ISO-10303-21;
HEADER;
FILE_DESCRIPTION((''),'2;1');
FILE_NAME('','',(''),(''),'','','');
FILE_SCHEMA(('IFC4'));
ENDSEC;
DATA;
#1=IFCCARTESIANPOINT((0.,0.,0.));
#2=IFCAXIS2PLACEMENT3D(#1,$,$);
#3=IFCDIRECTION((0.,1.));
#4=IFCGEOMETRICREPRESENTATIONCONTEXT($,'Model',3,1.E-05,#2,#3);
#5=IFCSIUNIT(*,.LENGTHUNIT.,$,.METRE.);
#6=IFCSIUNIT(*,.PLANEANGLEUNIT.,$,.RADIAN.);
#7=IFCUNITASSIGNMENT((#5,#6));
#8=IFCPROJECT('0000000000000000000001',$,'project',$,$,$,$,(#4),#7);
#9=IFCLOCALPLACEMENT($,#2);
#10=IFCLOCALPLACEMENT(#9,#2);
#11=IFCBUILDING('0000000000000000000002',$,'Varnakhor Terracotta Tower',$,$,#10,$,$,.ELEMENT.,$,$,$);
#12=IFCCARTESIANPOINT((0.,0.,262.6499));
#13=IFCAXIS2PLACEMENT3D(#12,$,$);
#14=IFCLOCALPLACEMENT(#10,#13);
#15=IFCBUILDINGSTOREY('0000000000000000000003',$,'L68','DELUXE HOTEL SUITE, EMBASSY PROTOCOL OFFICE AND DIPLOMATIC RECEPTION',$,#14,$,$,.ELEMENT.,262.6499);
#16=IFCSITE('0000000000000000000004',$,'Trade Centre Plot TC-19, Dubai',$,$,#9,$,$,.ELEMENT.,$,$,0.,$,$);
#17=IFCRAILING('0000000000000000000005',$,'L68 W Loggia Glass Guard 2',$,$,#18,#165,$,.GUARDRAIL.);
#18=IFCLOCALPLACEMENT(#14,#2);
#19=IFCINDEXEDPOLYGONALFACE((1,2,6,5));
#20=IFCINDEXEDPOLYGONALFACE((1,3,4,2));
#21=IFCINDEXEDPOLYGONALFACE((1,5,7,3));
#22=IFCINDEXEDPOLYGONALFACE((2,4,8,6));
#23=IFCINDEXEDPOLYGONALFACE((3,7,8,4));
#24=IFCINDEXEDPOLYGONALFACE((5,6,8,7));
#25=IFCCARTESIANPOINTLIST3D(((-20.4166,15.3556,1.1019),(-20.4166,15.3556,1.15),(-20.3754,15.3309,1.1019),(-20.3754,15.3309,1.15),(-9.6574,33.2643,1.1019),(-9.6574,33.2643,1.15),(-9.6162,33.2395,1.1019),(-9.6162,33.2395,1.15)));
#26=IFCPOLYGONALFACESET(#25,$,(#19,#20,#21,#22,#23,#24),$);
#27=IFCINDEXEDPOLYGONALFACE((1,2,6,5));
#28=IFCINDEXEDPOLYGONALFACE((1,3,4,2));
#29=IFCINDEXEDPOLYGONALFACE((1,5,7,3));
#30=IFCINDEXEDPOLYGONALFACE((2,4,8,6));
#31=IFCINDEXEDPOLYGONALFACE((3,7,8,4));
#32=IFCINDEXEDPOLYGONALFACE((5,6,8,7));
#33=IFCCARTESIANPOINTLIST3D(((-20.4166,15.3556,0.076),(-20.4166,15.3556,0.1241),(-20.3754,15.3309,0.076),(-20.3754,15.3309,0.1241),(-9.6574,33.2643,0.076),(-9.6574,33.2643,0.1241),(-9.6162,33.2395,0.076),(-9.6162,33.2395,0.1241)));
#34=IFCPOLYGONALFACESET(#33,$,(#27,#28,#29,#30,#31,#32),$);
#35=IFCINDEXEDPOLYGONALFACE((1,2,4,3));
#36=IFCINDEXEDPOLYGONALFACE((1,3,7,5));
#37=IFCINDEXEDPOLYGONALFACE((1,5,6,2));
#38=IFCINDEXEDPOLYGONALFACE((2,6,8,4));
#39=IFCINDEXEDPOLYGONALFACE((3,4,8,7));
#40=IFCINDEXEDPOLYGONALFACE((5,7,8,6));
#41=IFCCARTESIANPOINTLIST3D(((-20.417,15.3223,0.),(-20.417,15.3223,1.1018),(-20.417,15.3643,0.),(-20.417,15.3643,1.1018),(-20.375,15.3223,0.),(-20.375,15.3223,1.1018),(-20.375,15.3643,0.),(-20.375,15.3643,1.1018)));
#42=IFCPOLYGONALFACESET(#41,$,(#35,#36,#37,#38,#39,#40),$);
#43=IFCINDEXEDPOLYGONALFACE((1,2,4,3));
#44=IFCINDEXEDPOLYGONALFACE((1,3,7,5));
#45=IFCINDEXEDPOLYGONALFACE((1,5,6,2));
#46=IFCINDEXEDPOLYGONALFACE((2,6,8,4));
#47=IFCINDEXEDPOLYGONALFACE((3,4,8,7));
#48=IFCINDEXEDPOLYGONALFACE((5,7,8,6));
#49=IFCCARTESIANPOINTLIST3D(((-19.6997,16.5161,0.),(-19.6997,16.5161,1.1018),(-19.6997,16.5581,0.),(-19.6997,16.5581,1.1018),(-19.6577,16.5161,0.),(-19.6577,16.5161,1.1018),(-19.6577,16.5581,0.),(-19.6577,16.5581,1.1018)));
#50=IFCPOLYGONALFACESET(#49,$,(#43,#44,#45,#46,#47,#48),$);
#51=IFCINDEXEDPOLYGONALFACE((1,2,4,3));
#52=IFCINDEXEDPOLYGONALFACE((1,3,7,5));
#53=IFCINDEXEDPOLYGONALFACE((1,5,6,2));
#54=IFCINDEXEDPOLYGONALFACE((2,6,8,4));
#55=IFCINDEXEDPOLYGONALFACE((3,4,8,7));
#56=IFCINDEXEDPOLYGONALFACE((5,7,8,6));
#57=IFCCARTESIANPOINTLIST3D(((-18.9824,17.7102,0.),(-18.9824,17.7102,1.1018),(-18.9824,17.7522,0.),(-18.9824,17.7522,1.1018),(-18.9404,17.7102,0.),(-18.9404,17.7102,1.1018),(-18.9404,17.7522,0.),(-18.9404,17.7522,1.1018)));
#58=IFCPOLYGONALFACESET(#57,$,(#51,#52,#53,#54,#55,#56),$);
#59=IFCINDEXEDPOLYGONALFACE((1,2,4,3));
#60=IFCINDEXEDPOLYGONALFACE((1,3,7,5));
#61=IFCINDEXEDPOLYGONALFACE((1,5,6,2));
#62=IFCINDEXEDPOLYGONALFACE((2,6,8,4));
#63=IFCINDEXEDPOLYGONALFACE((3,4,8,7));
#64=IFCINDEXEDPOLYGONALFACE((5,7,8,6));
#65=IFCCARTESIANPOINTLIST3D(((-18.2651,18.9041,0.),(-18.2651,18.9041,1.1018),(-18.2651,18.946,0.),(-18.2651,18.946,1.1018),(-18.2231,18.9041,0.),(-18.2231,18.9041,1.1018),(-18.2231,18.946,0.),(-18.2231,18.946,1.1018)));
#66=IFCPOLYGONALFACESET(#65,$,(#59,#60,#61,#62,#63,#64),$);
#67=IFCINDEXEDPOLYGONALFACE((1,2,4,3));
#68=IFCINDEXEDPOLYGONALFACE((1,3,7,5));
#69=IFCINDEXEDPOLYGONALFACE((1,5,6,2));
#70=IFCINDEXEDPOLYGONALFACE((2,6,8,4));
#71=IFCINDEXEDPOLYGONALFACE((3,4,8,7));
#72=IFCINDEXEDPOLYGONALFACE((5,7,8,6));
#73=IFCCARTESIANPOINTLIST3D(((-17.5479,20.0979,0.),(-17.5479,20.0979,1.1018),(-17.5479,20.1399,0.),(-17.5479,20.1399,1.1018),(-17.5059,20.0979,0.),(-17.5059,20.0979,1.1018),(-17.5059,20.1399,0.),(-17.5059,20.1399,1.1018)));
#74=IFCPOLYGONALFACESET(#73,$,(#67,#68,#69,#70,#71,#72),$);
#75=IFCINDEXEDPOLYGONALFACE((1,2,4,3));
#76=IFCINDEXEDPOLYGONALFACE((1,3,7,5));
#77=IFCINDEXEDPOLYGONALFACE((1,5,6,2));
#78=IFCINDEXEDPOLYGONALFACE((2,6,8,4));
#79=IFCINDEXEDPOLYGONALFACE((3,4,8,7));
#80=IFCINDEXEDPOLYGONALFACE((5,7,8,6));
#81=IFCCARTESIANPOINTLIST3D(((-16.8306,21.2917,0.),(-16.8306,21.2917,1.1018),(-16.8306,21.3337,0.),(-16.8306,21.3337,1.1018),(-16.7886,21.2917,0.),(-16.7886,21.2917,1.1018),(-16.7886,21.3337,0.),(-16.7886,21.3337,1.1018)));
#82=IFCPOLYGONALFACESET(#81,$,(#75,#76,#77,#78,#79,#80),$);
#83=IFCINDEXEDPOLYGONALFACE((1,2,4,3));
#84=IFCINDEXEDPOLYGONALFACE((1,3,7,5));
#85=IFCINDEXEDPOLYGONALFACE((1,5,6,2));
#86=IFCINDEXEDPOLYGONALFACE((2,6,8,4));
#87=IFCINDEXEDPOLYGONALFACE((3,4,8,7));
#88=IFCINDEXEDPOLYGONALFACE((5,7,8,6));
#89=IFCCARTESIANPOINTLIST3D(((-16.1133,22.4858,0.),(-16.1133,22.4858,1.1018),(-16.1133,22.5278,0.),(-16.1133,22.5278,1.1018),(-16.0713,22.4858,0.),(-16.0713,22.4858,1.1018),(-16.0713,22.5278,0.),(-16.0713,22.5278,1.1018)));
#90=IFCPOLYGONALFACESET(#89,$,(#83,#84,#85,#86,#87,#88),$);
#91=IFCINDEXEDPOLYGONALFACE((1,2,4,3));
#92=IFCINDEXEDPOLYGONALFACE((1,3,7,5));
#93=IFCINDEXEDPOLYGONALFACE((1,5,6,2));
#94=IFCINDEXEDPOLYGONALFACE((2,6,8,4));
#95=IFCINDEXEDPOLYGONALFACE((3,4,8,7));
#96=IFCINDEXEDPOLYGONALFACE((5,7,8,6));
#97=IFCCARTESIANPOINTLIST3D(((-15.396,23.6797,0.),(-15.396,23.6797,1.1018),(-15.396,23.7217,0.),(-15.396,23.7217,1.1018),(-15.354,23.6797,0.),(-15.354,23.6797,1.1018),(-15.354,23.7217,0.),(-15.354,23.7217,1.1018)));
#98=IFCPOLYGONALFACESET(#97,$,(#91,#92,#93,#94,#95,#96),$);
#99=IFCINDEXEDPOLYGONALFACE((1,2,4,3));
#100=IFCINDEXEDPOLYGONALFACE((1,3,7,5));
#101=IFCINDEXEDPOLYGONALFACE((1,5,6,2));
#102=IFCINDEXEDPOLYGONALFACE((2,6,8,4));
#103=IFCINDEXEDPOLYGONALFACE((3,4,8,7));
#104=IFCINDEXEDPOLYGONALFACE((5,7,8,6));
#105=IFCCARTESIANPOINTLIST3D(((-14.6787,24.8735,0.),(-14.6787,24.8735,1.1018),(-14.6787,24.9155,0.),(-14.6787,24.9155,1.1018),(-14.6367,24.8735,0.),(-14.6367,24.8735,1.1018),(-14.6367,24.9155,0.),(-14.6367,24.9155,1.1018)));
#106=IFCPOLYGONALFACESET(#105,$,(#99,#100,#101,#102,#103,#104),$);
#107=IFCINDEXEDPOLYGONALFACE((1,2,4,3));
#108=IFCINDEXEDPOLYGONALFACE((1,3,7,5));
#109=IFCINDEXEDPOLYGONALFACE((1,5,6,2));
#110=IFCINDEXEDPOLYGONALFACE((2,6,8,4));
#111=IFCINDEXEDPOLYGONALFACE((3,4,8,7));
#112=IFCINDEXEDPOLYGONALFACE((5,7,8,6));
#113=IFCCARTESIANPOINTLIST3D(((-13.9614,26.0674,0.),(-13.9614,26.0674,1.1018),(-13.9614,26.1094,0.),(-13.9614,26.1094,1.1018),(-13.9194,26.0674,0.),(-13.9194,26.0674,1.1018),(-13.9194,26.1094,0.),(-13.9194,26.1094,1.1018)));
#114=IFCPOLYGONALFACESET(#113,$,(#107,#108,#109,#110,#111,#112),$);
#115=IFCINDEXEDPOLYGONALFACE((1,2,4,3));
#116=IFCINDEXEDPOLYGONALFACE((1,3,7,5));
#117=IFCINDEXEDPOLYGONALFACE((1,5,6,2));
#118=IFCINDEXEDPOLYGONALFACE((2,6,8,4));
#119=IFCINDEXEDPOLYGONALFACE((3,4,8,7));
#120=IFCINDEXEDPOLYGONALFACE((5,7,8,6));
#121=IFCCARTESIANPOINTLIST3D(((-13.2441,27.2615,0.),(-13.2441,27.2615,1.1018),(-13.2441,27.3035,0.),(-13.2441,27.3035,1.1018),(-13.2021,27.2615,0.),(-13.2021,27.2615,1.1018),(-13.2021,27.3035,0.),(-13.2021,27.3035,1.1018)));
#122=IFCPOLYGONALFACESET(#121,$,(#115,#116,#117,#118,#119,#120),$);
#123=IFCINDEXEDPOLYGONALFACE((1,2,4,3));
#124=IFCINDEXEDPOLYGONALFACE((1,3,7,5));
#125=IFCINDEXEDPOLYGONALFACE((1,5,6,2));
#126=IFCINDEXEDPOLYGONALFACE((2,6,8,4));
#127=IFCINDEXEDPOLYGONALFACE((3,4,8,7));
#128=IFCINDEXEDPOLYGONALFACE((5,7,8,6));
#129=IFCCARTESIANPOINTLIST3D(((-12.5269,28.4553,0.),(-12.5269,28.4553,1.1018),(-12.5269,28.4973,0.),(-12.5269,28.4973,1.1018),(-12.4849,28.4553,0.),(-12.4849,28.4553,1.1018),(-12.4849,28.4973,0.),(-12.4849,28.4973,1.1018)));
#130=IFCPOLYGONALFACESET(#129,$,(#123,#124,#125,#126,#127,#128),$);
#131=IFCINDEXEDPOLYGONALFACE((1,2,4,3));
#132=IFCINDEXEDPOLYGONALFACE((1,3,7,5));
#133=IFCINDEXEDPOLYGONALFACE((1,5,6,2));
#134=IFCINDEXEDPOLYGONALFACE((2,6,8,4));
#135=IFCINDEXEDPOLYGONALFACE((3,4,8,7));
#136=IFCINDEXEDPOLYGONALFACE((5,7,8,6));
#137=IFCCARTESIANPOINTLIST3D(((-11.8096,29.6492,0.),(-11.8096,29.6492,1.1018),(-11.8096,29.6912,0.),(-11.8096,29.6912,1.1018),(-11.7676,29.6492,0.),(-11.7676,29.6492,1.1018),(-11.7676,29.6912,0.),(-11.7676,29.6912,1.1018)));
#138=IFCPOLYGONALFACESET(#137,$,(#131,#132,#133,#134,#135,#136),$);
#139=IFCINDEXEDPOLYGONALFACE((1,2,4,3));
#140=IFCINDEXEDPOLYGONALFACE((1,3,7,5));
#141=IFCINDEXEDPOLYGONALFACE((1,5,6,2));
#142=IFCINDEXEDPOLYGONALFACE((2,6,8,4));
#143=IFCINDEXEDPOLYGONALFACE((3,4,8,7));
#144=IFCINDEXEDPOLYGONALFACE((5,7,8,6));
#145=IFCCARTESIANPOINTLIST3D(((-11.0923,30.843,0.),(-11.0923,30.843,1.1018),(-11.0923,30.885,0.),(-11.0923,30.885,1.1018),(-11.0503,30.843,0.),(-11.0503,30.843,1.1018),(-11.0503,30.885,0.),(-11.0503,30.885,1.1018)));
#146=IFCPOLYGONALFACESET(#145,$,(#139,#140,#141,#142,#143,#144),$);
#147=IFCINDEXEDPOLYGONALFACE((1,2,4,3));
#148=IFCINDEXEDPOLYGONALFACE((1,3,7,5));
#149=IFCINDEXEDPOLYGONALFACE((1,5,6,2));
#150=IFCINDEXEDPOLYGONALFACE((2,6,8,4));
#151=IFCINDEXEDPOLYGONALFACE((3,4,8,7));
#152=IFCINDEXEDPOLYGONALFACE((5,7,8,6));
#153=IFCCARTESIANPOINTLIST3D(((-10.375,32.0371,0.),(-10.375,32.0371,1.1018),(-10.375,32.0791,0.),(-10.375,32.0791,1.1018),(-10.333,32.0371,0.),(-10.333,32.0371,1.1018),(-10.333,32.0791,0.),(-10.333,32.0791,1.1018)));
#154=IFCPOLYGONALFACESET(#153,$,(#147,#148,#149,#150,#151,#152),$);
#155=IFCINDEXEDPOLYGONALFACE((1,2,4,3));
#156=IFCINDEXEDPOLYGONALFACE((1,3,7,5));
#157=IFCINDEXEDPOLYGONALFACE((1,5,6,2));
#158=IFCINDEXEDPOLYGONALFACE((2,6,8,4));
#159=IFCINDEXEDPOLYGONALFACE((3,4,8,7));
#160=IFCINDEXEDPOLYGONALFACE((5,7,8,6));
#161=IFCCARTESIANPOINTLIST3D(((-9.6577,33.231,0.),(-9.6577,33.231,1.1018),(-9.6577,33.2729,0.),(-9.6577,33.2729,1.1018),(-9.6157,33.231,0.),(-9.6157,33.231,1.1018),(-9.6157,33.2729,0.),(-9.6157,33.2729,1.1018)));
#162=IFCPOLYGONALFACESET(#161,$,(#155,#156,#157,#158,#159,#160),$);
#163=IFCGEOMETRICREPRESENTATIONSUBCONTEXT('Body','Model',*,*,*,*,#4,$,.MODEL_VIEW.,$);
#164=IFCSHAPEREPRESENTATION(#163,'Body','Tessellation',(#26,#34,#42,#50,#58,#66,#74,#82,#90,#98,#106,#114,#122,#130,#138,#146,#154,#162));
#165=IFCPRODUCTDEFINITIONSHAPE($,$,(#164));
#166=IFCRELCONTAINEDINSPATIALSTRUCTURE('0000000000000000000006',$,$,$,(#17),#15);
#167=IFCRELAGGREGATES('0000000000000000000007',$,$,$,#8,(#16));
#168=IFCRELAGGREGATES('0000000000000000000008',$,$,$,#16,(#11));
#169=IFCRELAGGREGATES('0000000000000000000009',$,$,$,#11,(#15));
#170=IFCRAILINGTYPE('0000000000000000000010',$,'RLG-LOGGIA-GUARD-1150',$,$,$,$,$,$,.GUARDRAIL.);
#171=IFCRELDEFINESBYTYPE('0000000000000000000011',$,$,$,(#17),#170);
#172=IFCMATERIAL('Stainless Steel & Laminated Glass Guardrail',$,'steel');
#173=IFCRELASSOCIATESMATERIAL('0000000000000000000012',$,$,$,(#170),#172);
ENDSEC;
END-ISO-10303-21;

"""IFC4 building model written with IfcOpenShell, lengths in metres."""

from ifc_helpers import new_model, si_unit, direction, frame, origin, origin_2d, place, context, subcontext, project, spatial, rectangle, extrude, material, type_object, element, save


model = new_model("IFC4")

# Units and contexts
model_context = context("Model", 3, precision=1e-05, world=origin(), true_north=direction((0.0, 1.0)))
body_context = subcontext(model_context, "Body", "Model", "MODEL_VIEW")
ifc_project = project(units=[si_unit("LENGTHUNIT", "METRE"), si_unit("PLANEANGLEUNIT", "RADIAN")], contexts=[model_context])

# Site, building, storey
site_placement = place(None, origin())
site = spatial("IfcSite", under=ifc_project, at=site_placement, Name="Trade Centre Plot TC-19, Dubai", CompositionType="ELEMENT", RefElevation=0.0)
building_placement = place(site_placement, origin())
building = spatial("IfcBuilding", under=site, at=building_placement, Name="Varnakhor Terracotta Tower", CompositionType="ELEMENT")
storey_placement = place(building_placement, frame((0.0, 0.0, 262.6499)))
storey = spatial("IfcBuildingStorey", under=building, at=storey_placement, Name="L68", Description="DELUXE HOTEL SUITE, EMBASSY PROTOCOL OFFICE AND DIPLOMATIC RECEPTION", CompositionType="ELEMENT", Elevation=262.6499)

# Railing
ifc_material_1 = material(Name="Stainless Steel & Laminated Glass Guardrail", Category="steel")
railing_type = type_object("IfcRailingType", Name="RLG-LOGGIA-GUARD-1150", PredefinedType="GUARDRAIL", material=ifc_material_1)
railing_1_placement = place(storey_placement, frame((-20.396, 15.3433, 0.0)))
element("IfcRailing", 1, at=railing_1_placement, inside=storey, type_object=railing_type, Name="L68 W Loggia Glass Guard 2", PredefinedType="GUARDRAIL", context=body_context, shape_type="SweptSolid", body=[
    extrude(rectangle(XDim=0.0481, YDim=0.0481, at=origin_2d()), frame((0.0, 0.0, 1.126), z_axis=(0.514991, 0.857196, 0.0), x_axis=(-0.857196, 0.514991, 0.0)), (0.0, 0.0, 1.0), 20.8921),
    extrude(rectangle(XDim=0.0481, YDim=0.0481, at=origin_2d()), frame((0.0, 0.0, 0.1001), z_axis=(0.514991, 0.857196, 0.0), x_axis=(-0.857196, 0.514991, 0.0)), (0.0, 0.0, 1.0), 20.8921),
    extrude(rectangle(XDim=0.042, YDim=0.042, at=origin_2d()), origin(), (0.0, 0.0, 1.0), 1.1018),
    extrude(rectangle(XDim=0.042, YDim=0.042, at=origin_2d()), frame((0.7173, 1.1938, 0.0)), (0.0, 0.0, 1.0), 1.1018),
    extrude(rectangle(XDim=0.042, YDim=0.042, at=origin_2d()), frame((1.4346, 2.3879, 0.0)), (0.0, 0.0, 1.0), 1.1018),
    extrude(rectangle(XDim=0.042, YDim=0.042, at=origin_2d()), frame((2.1519, 3.5818, 0.0)), (0.0, 0.0, 1.0), 1.1018),
    extrude(rectangle(XDim=0.042, YDim=0.042, at=origin_2d()), frame((2.8691, 4.7756, 0.0)), (0.0, 0.0, 1.0), 1.1018),
    extrude(rectangle(XDim=0.042, YDim=0.042, at=origin_2d()), frame((3.5864, 5.9695, 0.0)), (0.0, 0.0, 1.0), 1.1018),
    extrude(rectangle(XDim=0.042, YDim=0.042, at=origin_2d()), frame((4.3037, 7.1636, 0.0)), (0.0, 0.0, 1.0), 1.1018),
    extrude(rectangle(XDim=0.042, YDim=0.042, at=origin_2d()), frame((5.021, 8.3574, 0.0)), (0.0, 0.0, 1.0), 1.1018),
    extrude(rectangle(XDim=0.042, YDim=0.042, at=origin_2d()), frame((5.7383, 9.5513, 0.0)), (0.0, 0.0, 1.0), 1.1018),
    extrude(rectangle(XDim=0.042, YDim=0.042, at=origin_2d()), frame((6.4556, 10.7451, 0.0)), (0.0, 0.0, 1.0), 1.1018),
    extrude(rectangle(XDim=0.042, YDim=0.042, at=origin_2d()), frame((7.1729, 11.9392, 0.0)), (0.0, 0.0, 1.0), 1.1018),
    extrude(rectangle(XDim=0.042, YDim=0.042, at=origin_2d()), frame((7.8901, 13.1331, 0.0)), (0.0, 0.0, 1.0), 1.1018),
    extrude(rectangle(XDim=0.042, YDim=0.042, at=origin_2d()), frame((8.6074, 14.3269, 0.0)), (0.0, 0.0, 1.0), 1.1018),
    extrude(rectangle(XDim=0.042, YDim=0.042, at=origin_2d()), frame((9.3247, 15.5208, 0.0)), (0.0, 0.0, 1.0), 1.1018),
    extrude(rectangle(XDim=0.042, YDim=0.042, at=origin_2d()), frame((10.042, 16.7148, 0.0)), (0.0, 0.0, 1.0), 1.1018),
    extrude(rectangle(XDim=0.042, YDim=0.042, at=origin_2d()), frame((10.7593, 17.9087, 0.0)), (0.0, 0.0, 1.0), 1.1018),
])

save(model, "model.ifc")
